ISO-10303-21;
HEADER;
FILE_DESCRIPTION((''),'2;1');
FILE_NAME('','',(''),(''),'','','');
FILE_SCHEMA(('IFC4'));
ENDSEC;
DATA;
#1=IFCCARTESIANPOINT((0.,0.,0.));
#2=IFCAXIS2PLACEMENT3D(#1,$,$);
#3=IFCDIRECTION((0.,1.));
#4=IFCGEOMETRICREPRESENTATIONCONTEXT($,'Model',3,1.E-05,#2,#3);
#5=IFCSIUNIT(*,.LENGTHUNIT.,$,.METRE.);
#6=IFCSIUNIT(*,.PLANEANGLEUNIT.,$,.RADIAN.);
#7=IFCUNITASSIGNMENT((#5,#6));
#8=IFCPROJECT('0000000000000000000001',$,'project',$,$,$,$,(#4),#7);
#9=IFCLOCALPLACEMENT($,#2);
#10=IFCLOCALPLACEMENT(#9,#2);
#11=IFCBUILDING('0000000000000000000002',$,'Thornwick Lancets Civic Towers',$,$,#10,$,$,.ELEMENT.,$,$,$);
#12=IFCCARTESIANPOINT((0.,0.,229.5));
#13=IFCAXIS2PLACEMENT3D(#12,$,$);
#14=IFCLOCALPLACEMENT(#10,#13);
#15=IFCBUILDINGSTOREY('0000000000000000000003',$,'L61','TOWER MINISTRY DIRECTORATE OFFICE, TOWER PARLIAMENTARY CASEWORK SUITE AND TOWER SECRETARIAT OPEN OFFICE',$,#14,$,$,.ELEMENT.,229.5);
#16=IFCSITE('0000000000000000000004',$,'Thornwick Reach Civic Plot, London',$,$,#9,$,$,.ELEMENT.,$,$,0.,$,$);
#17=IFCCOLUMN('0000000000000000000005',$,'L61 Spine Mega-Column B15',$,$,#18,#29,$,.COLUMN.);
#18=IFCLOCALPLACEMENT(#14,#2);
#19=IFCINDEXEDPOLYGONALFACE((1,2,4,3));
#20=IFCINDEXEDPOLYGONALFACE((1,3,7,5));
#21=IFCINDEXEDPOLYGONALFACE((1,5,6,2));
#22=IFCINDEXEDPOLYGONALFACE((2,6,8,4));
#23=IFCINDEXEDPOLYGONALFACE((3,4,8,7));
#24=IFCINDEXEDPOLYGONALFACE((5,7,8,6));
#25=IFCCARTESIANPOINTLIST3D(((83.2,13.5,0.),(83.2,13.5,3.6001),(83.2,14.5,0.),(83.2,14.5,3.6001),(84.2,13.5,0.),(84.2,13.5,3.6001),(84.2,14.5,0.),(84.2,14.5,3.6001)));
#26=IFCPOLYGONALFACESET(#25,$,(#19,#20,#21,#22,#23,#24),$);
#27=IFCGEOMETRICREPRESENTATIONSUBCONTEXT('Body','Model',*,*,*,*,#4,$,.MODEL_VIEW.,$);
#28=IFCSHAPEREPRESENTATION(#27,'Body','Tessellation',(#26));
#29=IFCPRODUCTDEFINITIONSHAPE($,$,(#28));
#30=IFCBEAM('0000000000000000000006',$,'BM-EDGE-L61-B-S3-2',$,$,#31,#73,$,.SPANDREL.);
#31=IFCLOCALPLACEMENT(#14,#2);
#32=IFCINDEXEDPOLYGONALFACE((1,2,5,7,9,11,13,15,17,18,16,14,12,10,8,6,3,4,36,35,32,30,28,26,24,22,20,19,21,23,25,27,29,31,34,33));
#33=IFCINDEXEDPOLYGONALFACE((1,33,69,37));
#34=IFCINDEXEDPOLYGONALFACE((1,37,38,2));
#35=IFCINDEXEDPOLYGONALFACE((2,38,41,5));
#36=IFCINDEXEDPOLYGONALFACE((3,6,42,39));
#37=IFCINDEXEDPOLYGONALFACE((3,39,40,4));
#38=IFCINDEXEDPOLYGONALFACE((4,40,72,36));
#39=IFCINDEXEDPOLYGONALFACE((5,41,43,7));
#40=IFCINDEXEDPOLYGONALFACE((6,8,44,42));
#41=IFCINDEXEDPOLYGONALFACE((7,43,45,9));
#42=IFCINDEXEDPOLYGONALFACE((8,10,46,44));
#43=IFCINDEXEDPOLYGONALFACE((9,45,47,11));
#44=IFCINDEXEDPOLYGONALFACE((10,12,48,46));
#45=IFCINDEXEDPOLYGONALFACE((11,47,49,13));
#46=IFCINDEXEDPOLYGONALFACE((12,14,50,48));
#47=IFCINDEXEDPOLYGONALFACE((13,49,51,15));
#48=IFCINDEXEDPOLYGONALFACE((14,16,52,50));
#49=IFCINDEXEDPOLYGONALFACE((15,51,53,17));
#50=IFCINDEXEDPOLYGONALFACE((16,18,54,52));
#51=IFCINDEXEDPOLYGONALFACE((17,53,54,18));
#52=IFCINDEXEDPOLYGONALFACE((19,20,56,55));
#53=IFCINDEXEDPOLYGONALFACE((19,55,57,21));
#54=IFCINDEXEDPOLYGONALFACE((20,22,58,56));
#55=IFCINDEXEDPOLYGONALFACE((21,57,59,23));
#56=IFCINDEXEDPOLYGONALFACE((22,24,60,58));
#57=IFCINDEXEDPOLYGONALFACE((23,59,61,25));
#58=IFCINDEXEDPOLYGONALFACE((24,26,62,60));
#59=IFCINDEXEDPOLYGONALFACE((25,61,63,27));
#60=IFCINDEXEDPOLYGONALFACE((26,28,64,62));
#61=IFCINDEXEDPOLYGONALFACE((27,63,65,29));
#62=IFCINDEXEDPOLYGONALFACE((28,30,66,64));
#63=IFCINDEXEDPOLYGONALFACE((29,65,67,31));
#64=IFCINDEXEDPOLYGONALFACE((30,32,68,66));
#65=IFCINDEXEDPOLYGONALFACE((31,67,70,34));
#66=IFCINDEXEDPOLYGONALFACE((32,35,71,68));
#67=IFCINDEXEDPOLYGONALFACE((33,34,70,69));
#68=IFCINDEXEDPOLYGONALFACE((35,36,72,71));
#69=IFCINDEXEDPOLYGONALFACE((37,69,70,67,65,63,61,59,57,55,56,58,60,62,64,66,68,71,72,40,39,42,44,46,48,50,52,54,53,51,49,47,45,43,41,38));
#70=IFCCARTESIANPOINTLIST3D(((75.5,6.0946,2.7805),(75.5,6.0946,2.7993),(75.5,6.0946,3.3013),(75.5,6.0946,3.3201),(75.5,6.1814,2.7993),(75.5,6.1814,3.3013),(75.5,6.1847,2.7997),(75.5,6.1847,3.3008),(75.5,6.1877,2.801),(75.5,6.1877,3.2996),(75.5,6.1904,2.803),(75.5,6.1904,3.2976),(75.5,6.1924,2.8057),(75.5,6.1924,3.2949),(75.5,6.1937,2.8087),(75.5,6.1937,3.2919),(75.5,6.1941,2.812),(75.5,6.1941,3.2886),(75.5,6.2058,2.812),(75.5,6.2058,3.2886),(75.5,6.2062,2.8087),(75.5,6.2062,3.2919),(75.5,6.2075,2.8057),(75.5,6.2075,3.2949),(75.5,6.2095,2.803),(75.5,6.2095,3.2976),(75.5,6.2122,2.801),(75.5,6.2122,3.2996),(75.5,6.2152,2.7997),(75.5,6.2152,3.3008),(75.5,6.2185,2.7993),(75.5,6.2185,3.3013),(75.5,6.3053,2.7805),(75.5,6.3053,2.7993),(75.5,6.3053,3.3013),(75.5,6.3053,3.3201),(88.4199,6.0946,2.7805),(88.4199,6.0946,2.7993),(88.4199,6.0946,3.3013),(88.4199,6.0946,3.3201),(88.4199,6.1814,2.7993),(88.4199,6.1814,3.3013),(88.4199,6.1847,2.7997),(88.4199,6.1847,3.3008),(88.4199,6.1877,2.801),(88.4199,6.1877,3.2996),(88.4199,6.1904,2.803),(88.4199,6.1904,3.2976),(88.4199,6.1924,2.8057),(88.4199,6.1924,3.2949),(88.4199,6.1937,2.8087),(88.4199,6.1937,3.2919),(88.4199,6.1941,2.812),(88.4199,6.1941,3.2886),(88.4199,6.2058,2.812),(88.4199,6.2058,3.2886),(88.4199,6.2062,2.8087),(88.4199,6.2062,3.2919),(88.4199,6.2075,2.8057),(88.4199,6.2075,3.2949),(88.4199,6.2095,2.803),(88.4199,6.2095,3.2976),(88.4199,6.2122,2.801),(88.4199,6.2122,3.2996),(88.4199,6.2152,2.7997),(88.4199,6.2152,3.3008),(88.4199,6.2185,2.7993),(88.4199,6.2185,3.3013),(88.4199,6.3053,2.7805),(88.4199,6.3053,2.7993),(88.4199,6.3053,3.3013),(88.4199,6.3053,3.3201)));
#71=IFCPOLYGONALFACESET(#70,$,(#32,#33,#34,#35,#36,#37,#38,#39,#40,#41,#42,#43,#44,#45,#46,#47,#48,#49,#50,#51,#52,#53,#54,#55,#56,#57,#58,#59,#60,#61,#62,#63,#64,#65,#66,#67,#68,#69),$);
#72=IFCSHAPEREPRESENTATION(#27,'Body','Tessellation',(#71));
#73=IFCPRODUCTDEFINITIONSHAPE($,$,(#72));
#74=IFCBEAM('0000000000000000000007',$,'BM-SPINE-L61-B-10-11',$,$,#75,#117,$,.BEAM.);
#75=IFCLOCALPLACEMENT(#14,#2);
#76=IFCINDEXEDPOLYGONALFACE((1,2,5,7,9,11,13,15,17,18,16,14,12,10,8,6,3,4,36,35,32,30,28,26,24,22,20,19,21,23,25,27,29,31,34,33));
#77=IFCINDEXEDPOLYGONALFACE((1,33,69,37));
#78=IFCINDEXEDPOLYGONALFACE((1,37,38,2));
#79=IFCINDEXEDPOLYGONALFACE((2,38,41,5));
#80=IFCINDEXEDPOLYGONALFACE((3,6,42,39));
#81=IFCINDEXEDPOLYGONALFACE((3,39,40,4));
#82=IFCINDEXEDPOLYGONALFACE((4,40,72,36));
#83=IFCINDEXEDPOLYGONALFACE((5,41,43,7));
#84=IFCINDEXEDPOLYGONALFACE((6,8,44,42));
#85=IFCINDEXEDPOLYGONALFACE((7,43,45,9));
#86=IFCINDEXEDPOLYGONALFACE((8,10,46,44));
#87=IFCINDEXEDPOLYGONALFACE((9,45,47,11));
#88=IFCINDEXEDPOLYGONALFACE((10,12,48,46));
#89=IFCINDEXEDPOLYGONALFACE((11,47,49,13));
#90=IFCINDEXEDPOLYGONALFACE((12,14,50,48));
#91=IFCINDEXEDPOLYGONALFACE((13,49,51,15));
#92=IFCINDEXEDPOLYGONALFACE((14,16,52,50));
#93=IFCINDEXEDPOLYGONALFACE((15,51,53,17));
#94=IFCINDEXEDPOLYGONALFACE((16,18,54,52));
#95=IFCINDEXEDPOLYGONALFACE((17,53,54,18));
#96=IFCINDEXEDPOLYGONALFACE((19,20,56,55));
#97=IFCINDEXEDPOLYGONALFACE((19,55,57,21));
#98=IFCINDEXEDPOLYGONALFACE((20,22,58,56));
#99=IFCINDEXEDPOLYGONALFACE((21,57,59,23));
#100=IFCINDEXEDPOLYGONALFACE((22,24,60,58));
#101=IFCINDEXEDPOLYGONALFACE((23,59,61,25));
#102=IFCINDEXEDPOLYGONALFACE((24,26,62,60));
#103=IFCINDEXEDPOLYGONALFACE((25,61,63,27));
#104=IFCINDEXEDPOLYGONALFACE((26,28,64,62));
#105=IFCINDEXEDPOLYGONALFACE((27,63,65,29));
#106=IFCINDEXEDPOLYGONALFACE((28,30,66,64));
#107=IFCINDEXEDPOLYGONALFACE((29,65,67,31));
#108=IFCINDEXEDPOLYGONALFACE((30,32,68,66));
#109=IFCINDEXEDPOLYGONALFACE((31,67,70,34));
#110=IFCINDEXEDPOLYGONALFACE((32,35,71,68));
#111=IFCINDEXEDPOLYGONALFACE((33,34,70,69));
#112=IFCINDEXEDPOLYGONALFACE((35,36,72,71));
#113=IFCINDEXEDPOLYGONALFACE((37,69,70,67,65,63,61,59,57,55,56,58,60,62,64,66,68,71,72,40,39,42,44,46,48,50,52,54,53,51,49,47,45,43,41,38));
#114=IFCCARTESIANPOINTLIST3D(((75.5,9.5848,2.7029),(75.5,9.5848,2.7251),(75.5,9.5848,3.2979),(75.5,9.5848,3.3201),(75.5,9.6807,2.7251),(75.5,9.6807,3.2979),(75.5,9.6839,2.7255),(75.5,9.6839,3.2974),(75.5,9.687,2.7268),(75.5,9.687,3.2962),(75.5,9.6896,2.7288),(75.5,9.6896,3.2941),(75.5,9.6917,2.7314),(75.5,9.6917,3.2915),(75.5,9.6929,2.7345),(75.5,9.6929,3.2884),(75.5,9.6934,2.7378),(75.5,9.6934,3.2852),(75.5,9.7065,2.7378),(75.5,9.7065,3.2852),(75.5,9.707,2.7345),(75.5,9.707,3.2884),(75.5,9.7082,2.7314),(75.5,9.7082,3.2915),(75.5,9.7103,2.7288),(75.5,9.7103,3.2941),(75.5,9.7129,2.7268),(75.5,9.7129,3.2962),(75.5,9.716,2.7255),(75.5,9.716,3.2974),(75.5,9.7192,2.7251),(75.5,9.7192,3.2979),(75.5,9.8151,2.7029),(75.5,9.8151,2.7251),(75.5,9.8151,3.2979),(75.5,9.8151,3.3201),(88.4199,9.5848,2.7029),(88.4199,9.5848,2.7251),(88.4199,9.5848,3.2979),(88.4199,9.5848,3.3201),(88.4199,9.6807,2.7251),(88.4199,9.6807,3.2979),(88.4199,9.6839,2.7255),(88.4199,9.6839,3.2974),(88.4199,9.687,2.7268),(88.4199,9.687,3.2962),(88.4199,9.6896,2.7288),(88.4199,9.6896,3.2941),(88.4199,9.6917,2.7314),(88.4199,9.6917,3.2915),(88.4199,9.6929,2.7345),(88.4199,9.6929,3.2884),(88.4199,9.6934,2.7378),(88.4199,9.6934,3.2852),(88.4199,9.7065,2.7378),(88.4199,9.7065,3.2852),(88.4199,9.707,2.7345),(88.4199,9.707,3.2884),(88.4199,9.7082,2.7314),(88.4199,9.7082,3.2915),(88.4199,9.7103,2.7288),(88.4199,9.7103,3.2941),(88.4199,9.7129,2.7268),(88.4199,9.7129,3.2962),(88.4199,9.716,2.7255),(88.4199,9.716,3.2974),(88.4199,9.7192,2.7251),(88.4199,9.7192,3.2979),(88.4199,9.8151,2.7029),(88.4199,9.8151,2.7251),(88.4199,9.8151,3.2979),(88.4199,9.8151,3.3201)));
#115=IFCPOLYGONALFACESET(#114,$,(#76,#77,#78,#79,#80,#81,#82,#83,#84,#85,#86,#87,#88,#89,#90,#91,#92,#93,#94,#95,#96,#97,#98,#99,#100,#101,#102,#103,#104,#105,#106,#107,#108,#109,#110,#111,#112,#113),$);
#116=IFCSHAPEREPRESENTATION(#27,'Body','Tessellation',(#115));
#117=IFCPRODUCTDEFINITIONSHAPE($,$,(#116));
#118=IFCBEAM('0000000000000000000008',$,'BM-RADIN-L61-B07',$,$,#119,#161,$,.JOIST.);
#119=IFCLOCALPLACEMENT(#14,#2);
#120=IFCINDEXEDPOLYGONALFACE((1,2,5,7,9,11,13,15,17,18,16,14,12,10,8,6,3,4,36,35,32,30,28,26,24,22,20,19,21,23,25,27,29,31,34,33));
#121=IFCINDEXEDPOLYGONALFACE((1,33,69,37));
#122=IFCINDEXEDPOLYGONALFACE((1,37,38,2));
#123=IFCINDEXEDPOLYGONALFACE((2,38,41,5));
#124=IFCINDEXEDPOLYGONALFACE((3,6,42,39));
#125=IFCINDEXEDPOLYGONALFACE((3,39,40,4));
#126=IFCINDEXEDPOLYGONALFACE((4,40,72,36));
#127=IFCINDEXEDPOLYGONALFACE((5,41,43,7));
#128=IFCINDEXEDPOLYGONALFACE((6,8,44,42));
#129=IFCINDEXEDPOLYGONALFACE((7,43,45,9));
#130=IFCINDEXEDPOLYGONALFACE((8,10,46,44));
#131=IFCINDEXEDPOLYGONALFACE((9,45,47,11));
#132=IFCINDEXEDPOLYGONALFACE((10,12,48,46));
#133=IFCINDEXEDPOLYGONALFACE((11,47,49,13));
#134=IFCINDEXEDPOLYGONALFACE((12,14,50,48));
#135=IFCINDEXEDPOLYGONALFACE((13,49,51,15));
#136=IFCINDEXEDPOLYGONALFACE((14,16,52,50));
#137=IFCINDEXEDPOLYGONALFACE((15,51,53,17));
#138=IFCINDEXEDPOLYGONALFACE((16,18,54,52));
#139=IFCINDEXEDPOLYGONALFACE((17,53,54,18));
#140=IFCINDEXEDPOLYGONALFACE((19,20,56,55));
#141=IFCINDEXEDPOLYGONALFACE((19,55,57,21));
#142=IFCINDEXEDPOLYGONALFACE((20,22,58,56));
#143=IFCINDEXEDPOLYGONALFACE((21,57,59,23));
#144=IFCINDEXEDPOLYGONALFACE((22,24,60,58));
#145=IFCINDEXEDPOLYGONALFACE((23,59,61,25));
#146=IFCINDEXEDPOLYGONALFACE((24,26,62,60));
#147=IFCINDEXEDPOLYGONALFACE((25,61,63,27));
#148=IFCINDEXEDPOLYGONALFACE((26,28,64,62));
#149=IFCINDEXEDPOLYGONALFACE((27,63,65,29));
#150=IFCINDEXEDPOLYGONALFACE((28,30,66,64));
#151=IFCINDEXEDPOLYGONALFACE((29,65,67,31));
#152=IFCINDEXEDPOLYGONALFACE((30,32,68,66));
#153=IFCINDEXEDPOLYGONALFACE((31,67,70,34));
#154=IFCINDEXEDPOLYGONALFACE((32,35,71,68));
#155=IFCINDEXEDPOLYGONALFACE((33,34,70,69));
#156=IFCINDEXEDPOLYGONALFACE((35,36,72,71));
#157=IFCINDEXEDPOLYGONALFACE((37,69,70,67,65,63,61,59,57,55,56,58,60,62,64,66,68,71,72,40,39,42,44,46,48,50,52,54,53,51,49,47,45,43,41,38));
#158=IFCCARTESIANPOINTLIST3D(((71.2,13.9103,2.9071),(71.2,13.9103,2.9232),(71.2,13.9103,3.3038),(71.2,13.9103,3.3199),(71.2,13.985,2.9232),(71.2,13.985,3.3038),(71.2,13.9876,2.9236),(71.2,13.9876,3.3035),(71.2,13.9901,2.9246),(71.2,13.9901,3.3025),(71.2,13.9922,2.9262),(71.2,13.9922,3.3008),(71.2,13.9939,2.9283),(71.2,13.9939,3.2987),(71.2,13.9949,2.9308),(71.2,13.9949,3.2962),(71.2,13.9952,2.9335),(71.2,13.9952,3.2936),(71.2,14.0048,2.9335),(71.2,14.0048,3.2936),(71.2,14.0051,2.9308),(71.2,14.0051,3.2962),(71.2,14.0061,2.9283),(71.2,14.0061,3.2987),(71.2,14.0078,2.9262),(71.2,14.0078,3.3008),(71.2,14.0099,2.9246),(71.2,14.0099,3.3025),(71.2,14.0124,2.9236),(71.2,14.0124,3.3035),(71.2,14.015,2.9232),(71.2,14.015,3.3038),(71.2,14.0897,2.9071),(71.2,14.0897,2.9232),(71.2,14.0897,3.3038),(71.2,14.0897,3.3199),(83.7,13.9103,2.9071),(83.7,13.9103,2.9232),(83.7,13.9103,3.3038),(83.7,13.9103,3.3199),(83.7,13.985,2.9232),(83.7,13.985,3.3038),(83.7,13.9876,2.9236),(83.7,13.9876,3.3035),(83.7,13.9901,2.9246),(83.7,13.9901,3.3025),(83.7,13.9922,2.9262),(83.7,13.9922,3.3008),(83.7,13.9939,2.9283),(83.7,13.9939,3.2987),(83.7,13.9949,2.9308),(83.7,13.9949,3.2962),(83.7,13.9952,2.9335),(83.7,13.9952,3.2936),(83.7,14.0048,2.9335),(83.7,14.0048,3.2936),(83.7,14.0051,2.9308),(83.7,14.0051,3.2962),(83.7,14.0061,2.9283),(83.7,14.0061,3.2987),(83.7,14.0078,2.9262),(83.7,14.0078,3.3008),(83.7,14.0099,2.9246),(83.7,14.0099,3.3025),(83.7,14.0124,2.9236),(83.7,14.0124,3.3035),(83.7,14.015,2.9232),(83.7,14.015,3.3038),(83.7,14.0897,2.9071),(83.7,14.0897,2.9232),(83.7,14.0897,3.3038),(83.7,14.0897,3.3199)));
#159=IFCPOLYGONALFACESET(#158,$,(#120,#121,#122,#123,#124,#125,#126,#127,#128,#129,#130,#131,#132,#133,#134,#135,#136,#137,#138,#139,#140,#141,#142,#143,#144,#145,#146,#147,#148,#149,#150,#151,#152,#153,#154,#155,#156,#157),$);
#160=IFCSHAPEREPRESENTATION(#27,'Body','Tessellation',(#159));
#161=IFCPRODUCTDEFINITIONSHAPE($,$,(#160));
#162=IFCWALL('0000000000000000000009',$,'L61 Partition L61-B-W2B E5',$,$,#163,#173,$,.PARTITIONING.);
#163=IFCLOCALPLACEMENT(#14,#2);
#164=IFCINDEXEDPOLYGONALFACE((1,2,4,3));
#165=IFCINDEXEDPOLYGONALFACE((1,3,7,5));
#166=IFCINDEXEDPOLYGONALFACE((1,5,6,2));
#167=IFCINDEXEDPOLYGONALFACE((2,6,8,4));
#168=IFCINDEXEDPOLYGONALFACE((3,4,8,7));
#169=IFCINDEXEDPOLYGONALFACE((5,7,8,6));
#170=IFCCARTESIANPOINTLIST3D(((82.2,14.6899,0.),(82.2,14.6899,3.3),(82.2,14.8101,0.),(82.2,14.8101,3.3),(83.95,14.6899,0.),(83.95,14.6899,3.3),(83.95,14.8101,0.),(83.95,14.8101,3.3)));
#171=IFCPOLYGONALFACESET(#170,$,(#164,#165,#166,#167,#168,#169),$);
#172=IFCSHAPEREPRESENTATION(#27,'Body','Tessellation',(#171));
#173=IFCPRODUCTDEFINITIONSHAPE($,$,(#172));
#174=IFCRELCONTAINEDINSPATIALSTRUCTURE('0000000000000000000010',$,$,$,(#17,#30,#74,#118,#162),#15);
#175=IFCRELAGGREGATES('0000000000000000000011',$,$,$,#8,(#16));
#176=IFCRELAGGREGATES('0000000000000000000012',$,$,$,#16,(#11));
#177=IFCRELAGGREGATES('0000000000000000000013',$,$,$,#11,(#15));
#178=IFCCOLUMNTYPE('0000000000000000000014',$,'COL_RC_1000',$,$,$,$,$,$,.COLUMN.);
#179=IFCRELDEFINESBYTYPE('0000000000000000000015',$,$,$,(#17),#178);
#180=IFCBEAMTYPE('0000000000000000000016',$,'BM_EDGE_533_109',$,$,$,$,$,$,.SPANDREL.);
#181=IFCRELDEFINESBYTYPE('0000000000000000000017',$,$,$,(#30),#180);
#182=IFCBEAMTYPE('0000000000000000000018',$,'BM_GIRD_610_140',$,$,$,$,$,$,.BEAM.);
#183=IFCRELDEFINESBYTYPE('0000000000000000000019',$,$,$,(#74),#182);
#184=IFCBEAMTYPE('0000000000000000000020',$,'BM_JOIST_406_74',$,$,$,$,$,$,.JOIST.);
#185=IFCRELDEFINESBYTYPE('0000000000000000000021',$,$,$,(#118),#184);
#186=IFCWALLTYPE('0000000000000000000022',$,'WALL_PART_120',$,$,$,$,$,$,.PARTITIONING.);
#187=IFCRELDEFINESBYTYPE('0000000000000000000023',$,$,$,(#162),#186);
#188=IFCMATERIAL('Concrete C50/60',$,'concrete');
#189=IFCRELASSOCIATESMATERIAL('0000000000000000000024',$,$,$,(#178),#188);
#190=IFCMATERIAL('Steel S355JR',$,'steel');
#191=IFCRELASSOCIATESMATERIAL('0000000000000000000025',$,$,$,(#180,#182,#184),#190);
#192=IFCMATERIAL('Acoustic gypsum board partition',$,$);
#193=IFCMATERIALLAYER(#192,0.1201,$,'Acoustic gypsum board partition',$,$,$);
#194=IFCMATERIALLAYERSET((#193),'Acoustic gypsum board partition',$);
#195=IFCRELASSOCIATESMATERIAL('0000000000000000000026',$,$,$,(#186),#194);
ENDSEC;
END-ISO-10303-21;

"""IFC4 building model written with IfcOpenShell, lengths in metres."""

from ifc_helpers import new_model, si_unit, direction, frame, frame_2d, origin, origin_2d, place, context, subcontext, project, spatial, rectangle, i_section, extrude, material, layer, layer_set, material_profile, profile_set, type_object, element, save


model = new_model("IFC4")

# Units and contexts
model_context = context("Model", 3, precision=1e-05, world=origin(), true_north=direction((0.0, 1.0)))
body_context = subcontext(model_context, "Body", "Model", "MODEL_VIEW")
ifc_project = project(units=[si_unit("LENGTHUNIT", "METRE"), si_unit("PLANEANGLEUNIT", "RADIAN")], contexts=[model_context])

# Site, building, storey
site_placement = place(None, origin())
site = spatial("IfcSite", under=ifc_project, at=site_placement, Name="Thornwick Reach Civic Plot, London", CompositionType="ELEMENT", RefElevation=0.0)
building_placement = place(site_placement, origin())
building = spatial("IfcBuilding", under=site, at=building_placement, Name="Thornwick Lancets Civic Towers", CompositionType="ELEMENT")
storey_placement = place(building_placement, frame((0.0, 0.0, 229.5)))
storey = spatial("IfcBuildingStorey", under=building, at=storey_placement, Name="L61", Description="TOWER MINISTRY DIRECTORATE OFFICE, TOWER PARLIAMENTARY CASEWORK SUITE AND TOWER SECRETARIAT OPEN OFFICE", CompositionType="ELEMENT", Elevation=229.5)

# Column
ifc_material_1 = material(Name="Concrete C50/60", Category="concrete")
ifc_material_profile_1 = material_profile(ifc_material_1, rectangle(XDim=1.0, YDim=1.0, at=origin_2d()), Name="RC 1000x1000")
ifc_profile_set_1 = profile_set([ifc_material_profile_1], Name="Concrete C50/60")
column_type = type_object("IfcColumnType", Name="COL_RC_1000", PredefinedType="COLUMN", material=ifc_profile_set_1)
column_placement = place(storey_placement, frame((83.7, 14.0, 0.0), z_axis=(0.0, 0.0, 1.0), x_axis=(1.0, 0.0, 0.0)))
element("IfcColumn", 1, at=column_placement, inside=storey, type_object=column_type, Name="L61 Spine Mega-Column B15", PredefinedType="COLUMN", context=body_context, shape_type="SweptSolid", body=[
    extrude(rectangle(XDim=1.0, YDim=1.0, at=origin_2d()), origin(), (0.0, 0.0, 1.0), 3.6001),
])

# Beams
ifc_material_2 = material(Name="Steel S355JR", Category="steel")
ifc_material_profile_2 = material_profile(ifc_material_2, i_section(OverallWidth=0.2107, OverallDepth=0.5396, WebThickness=0.0117, FlangeThickness=0.0188, FilletRadius=0.0127, at=origin_2d()), Name="UKB 533x210x109")
ifc_profile_set_2 = profile_set([ifc_material_profile_2], Name="Steel S355JR")
beam_type_1 = type_object("IfcBeamType", Name="BM_EDGE_533_109", PredefinedType="SPANDREL", material=ifc_profile_set_2)
beam_1_placement = place(storey_placement, frame((88.4199, 6.2, 3.0503), z_axis=(-1.0, 0.0, 0.0), x_axis=(0.0, -1.0, 0.0)))
element("IfcBeam", 2, at=beam_1_placement, inside=storey, type_object=beam_type_1, Name="BM-EDGE-L61-B-S3-2", PredefinedType="SPANDREL", context=body_context, shape_type="SweptSolid", body=[
    extrude(i_section(OverallWidth=0.2107, OverallDepth=0.5396, WebThickness=0.0117, FlangeThickness=0.0188, FilletRadius=0.0127, at=origin_2d()), origin(), (0.0, 0.0, 1.0), 12.9199),
])
ifc_material_profile_3 = material_profile(ifc_material_2, i_section(OverallWidth=0.2302, OverallDepth=0.6172, WebThickness=0.0132, FlangeThickness=0.0222, FilletRadius=0.0127, at=origin_2d()), Name="UKB 610x229x140")
ifc_profile_set_3 = profile_set([ifc_material_profile_3], Name="Steel S355JR")
beam_type_2 = type_object("IfcBeamType", Name="BM_GIRD_610_140", PredefinedType="BEAM", material=ifc_profile_set_3)
beam_2_placement = place(storey_placement, frame((88.4199, 9.7, 3.0115), z_axis=(-1.0, 0.0, 0.0), x_axis=(0.0, -1.0, 0.0)))
element("IfcBeam", 3, at=beam_2_placement, inside=storey, type_object=beam_type_2, Name="BM-SPINE-L61-B-10-11", PredefinedType="BEAM", context=body_context, shape_type="SweptSolid", body=[
    extrude(i_section(OverallWidth=0.2302, OverallDepth=0.6172, WebThickness=0.0132, FlangeThickness=0.0222, FilletRadius=0.0127, at=origin_2d()), origin(), (0.0, 0.0, 1.0), 12.9199),
])
ifc_material_profile_4 = material_profile(ifc_material_2, i_section(OverallWidth=0.1794, OverallDepth=0.4128, WebThickness=0.0095, FlangeThickness=0.0161, FilletRadius=0.0103, at=origin_2d()), Name="UKB 406x178x74")
ifc_profile_set_4 = profile_set([ifc_material_profile_4], Name="Steel S355JR")
beam_type_3 = type_object("IfcBeamType", Name="BM_JOIST_406_74", PredefinedType="JOIST", material=ifc_profile_set_4)
beam_3_placement = place(storey_placement, frame((83.7, 14.0, 3.1135), z_axis=(-1.0, 0.0, 0.0), x_axis=(0.0, -1.0, 0.0)))
element("IfcBeam", 4, at=beam_3_placement, inside=storey, type_object=beam_type_3, Name="BM-RADIN-L61-B07", PredefinedType="JOIST", context=body_context, shape_type="SweptSolid", body=[
    extrude(i_section(OverallWidth=0.1794, OverallDepth=0.4128, WebThickness=0.0095, FlangeThickness=0.0161, FilletRadius=0.0103, at=origin_2d()), origin(), (0.0, 0.0, 1.0), 12.5),
])

# Wall
ifc_material_3 = material(Name="Acoustic gypsum board partition")
ifc_layer_1 = layer(ifc_material_3, 0.1201, Name="Acoustic gypsum board partition")
ifc_layer_set_1 = layer_set([ifc_layer_1], Name="Acoustic gypsum board partition")
wall_type_1 = type_object("IfcWallType", Name="WALL_PART_120", PredefinedType="PARTITIONING", material=ifc_layer_set_1)
wall_1_placement = place(storey_placement, frame((82.2, 14.75, 0.0), z_axis=(0.0, 0.0, 1.0), x_axis=(1.0, 0.0, 0.0)))
element("IfcWall", 5, at=wall_1_placement, inside=storey, type_object=wall_type_1, Name="L61 Partition L61-B-W2B E5", PredefinedType="PARTITIONING", context=body_context, shape_type="SweptSolid", body=[
    extrude(rectangle(XDim=1.75, YDim=0.1201, at=frame_2d((0.875, 0.0))), origin(), (0.0, 0.0, 1.0), 3.3),
])

save(model, "model.ifc")
